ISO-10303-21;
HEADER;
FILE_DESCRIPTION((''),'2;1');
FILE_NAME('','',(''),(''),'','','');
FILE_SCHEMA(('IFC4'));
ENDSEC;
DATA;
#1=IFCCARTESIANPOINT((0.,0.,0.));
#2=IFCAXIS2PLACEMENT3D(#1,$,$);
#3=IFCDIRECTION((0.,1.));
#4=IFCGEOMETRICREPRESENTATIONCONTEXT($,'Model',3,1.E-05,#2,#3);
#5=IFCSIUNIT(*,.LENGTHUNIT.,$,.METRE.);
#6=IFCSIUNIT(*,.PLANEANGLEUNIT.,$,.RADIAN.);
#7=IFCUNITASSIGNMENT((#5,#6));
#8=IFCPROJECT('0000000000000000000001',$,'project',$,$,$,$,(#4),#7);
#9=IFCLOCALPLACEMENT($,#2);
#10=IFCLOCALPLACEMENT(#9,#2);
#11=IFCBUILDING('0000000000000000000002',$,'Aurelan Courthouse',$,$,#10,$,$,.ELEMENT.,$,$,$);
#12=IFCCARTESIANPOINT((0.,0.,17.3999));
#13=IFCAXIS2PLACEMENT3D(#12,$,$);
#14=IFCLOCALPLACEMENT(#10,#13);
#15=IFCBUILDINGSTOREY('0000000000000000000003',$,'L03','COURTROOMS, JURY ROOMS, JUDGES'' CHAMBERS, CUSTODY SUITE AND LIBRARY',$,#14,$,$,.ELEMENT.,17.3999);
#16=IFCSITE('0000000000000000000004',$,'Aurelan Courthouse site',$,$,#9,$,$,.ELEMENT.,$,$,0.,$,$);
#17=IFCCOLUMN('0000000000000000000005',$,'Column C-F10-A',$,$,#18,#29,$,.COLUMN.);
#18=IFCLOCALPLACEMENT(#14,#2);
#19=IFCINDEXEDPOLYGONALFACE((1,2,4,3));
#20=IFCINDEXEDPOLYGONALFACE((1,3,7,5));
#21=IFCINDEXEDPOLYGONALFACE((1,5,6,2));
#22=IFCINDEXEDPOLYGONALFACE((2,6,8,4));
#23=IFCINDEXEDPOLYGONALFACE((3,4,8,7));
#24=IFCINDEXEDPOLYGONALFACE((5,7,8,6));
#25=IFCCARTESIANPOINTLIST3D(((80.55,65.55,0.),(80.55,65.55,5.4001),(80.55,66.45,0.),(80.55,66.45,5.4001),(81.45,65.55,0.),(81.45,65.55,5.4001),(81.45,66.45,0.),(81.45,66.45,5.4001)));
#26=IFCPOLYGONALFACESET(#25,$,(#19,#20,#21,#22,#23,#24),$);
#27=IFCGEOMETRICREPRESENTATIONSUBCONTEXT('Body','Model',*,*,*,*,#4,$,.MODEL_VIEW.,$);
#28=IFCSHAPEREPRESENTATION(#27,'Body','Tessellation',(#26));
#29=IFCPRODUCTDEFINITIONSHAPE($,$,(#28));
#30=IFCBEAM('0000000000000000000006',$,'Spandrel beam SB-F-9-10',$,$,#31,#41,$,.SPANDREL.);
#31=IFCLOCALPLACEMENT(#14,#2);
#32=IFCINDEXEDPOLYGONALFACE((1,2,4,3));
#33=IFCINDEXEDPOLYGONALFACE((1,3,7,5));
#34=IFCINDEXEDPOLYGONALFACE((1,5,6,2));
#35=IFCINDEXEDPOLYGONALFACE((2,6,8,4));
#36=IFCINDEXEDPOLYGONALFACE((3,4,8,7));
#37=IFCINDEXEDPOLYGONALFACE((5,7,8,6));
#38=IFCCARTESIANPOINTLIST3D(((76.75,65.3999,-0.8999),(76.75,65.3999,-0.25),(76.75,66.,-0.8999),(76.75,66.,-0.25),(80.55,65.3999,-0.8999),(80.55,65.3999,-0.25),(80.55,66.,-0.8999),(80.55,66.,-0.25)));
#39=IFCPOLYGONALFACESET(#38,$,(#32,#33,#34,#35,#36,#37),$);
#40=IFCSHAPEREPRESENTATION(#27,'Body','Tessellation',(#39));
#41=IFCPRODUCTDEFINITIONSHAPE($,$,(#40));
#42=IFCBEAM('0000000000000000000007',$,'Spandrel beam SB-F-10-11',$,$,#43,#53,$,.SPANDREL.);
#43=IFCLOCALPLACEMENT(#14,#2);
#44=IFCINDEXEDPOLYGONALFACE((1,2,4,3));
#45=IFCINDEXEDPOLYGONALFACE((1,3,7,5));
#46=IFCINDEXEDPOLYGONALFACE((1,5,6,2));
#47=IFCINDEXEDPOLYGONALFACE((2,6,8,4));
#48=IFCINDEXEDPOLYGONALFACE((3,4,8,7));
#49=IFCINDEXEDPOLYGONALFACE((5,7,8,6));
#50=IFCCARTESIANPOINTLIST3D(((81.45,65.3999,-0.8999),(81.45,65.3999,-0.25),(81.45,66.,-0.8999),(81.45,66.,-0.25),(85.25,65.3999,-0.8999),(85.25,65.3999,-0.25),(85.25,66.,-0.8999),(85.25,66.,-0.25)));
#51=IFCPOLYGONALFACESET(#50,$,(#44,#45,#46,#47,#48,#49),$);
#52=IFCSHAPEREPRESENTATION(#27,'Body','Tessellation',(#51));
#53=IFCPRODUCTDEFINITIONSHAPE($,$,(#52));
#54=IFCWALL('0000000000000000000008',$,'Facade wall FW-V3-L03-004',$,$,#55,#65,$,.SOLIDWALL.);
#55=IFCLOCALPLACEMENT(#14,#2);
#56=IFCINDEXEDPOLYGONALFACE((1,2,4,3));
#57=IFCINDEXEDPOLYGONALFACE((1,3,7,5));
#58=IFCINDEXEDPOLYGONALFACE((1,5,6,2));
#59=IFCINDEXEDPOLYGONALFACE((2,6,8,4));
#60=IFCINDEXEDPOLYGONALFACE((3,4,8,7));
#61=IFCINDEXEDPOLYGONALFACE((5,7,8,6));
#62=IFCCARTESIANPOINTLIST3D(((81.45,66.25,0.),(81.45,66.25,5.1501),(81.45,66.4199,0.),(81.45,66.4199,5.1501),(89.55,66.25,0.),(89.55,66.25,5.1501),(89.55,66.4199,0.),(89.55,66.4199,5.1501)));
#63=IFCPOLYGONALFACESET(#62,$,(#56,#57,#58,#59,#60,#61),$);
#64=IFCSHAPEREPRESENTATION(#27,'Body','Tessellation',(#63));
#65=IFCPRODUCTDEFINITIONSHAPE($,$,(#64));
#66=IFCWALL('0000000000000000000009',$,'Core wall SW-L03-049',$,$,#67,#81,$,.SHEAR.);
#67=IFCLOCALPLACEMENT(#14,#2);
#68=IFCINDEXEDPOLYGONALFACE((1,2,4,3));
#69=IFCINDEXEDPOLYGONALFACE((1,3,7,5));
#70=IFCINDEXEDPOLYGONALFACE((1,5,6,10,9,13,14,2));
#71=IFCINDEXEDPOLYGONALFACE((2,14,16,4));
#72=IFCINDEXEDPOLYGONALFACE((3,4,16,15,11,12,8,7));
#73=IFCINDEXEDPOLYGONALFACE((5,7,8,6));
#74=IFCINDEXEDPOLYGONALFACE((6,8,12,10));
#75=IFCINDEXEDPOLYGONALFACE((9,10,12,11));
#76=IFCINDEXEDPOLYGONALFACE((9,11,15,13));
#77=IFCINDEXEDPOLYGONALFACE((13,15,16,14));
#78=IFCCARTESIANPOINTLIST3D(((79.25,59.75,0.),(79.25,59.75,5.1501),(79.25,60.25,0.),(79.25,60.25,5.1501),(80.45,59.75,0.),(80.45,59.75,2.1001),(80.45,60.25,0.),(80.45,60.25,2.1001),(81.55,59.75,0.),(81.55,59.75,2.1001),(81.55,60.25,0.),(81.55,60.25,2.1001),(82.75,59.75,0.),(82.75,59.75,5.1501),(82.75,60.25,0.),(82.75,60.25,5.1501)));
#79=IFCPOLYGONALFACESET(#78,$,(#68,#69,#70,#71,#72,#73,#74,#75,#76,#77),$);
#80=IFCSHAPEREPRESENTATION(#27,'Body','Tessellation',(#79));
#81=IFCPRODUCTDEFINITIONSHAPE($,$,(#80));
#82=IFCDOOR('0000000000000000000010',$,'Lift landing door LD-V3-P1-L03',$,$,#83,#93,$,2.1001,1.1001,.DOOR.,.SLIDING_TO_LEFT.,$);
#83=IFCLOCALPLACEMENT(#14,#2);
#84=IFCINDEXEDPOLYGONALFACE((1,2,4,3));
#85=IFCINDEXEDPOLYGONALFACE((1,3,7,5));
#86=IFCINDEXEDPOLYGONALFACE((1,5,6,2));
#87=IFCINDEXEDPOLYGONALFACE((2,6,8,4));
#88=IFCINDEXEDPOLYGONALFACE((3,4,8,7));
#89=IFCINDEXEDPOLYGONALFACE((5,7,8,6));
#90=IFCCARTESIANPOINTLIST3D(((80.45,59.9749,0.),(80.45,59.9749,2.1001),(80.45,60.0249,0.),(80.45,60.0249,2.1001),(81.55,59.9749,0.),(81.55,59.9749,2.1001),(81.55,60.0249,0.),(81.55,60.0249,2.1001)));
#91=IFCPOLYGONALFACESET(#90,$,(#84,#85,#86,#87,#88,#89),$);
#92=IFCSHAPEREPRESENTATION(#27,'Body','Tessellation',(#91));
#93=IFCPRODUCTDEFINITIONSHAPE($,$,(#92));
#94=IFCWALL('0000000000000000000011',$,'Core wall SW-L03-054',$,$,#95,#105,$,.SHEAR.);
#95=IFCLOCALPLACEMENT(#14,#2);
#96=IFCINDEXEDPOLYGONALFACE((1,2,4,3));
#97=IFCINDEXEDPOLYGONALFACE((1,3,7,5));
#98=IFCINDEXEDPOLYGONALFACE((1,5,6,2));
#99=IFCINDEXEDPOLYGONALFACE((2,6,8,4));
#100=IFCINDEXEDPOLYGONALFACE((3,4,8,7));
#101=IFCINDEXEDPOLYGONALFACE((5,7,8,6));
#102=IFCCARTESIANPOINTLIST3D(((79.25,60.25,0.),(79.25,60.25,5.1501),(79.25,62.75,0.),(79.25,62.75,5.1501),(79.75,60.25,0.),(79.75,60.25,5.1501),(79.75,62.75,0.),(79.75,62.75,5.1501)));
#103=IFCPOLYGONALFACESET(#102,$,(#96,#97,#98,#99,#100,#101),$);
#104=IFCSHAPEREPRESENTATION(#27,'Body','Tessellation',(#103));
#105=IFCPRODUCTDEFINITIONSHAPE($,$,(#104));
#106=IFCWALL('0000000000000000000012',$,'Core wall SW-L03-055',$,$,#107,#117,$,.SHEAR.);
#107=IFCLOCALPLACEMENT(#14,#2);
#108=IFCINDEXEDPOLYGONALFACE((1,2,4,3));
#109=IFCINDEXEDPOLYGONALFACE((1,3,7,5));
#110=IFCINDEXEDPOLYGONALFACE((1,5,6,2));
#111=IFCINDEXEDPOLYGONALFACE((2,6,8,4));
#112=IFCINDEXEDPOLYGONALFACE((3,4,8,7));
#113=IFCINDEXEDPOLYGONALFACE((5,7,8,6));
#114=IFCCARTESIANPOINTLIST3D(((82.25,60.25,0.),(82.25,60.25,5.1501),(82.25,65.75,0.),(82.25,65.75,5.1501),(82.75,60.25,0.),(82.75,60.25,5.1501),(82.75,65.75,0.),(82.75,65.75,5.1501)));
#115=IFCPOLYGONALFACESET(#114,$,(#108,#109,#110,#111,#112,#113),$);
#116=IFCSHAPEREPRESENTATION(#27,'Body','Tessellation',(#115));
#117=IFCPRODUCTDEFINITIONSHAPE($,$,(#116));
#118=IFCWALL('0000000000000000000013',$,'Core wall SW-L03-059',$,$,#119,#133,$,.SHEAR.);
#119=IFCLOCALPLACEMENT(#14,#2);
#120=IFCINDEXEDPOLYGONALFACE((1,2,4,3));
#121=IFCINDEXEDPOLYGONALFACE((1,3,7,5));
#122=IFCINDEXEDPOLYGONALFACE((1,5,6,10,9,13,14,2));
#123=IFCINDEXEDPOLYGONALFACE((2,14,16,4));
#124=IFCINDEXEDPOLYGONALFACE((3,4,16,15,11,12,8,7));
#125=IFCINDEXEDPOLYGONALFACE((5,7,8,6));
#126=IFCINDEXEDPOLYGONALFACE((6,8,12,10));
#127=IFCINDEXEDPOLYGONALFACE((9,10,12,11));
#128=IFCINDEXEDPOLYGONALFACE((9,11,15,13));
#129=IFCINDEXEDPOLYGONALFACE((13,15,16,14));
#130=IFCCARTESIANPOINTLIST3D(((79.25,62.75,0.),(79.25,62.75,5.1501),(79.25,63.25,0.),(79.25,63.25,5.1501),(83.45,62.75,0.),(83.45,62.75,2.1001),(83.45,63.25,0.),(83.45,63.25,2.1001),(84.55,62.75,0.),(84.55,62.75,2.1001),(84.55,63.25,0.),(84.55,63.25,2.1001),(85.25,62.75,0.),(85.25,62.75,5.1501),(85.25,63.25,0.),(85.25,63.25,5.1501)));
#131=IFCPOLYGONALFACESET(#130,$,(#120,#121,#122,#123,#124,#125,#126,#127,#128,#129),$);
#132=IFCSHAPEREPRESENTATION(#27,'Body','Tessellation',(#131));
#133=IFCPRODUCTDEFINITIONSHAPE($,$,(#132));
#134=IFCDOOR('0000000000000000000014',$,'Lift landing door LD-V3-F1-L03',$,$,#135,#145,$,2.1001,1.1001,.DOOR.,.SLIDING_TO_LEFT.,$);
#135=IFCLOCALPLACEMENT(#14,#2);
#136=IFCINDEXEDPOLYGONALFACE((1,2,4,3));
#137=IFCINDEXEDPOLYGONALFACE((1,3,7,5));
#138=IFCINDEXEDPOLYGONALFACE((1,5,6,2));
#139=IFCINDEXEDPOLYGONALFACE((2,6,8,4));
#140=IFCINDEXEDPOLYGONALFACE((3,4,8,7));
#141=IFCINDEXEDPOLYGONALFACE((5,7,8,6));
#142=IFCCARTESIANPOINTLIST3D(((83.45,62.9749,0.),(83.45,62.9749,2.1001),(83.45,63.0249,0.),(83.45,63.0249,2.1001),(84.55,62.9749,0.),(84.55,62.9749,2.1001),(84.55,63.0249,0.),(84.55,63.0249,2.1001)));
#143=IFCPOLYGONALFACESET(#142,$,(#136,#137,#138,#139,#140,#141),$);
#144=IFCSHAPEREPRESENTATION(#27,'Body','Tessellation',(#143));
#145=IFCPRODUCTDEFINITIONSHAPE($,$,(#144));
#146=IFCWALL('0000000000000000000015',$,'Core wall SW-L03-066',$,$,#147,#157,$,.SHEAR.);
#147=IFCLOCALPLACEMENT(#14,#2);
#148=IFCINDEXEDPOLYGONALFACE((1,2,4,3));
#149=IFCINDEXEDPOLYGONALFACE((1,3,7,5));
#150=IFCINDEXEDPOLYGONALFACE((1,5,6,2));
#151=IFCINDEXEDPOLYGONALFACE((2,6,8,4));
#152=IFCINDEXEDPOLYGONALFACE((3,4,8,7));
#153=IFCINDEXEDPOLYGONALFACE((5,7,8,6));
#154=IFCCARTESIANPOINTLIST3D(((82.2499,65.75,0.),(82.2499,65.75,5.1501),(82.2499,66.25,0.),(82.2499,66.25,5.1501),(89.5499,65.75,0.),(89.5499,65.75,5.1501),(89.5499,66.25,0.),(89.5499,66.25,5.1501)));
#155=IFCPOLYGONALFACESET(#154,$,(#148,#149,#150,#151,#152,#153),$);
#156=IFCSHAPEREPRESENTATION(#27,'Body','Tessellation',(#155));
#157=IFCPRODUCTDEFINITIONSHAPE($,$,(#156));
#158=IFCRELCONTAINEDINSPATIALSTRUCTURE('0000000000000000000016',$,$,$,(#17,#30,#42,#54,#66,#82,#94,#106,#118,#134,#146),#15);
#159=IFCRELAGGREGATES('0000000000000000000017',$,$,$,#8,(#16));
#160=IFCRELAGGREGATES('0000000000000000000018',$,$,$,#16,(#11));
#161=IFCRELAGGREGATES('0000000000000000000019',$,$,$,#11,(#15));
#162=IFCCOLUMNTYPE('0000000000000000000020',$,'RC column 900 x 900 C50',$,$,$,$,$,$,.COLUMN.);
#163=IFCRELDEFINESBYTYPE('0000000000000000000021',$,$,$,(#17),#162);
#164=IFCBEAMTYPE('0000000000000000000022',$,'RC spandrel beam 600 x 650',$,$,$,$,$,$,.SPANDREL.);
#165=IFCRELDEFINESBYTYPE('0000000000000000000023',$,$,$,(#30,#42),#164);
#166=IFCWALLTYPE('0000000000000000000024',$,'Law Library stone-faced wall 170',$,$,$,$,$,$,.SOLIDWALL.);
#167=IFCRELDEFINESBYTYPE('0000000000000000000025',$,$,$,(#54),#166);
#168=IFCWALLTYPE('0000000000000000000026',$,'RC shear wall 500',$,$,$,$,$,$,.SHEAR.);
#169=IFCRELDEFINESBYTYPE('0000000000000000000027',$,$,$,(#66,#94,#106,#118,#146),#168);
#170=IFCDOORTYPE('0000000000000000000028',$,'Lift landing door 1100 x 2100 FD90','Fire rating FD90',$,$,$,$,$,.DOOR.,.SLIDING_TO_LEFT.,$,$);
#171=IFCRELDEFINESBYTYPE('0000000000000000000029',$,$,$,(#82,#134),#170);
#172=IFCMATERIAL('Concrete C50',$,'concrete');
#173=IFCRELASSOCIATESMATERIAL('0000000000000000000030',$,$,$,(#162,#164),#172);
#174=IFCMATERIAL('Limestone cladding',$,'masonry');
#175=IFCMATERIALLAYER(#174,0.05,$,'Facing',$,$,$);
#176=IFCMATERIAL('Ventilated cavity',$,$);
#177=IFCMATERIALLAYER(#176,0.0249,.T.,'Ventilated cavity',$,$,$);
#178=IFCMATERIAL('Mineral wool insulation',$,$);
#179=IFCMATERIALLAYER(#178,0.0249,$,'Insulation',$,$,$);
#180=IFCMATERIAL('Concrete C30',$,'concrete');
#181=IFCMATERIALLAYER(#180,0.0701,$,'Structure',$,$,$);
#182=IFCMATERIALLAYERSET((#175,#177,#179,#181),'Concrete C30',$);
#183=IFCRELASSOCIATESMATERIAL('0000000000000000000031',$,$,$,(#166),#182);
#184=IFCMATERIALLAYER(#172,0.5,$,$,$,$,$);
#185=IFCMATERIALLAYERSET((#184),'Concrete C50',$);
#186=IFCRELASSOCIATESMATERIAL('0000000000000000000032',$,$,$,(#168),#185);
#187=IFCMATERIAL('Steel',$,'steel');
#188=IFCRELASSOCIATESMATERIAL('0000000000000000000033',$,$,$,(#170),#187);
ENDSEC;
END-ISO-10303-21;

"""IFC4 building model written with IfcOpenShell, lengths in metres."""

from ifc_helpers import new_model, si_unit, direction, frame, frame_2d, origin, origin_2d, place, context, subcontext, project, spatial, rectangle, extrude, material, layer, layer_set, material_profile, profile_set, type_object, element, fill, save


model = new_model("IFC4")

# Units and contexts
model_context = context("Model", 3, precision=1e-05, world=origin(), true_north=direction((0.0, 1.0)))
body_context = subcontext(model_context, "Body", "Model", "MODEL_VIEW")
ifc_project = project(units=[si_unit("LENGTHUNIT", "METRE"), si_unit("PLANEANGLEUNIT", "RADIAN")], contexts=[model_context])

# Site, building, storey
site_placement = place(None, origin())
site = spatial("IfcSite", under=ifc_project, at=site_placement, Name="Aurelan Courthouse site", CompositionType="ELEMENT", RefElevation=0.0)
building_placement = place(site_placement, origin())
building = spatial("IfcBuilding", under=site, at=building_placement, Name="Aurelan Courthouse", CompositionType="ELEMENT")
storey_placement = place(building_placement, frame((0.0, 0.0, 17.3999)))
storey = spatial("IfcBuildingStorey", under=building, at=storey_placement, Name="L03", Description="COURTROOMS, JURY ROOMS, JUDGES' CHAMBERS, CUSTODY SUITE AND LIBRARY", CompositionType="ELEMENT", Elevation=17.3999)

# Column
ifc_material_1 = material(Name="Concrete C50", Category="concrete")
ifc_material_profile_1 = material_profile(ifc_material_1, rectangle(XDim=0.8999, YDim=0.8999, at=origin_2d()), Name="RC 900 x 900")
ifc_profile_set_1 = profile_set([ifc_material_profile_1], Name="Concrete C50")
column_type = type_object("IfcColumnType", Name="RC column 900 x 900 C50", PredefinedType="COLUMN", material=ifc_profile_set_1)
column_placement = place(storey_placement, frame((81.0, 66.0, 0.0), z_axis=(0.0, 0.0, 1.0), x_axis=(1.0, 0.0, 0.0)))
element("IfcColumn", 1, at=column_placement, inside=storey, type_object=column_type, Name="Column C-F10-A", PredefinedType="COLUMN", context=body_context, shape_type="SweptSolid", body=[
    extrude(rectangle(XDim=0.8999, YDim=0.8999, at=origin_2d()), origin(), (0.0, 0.0, 1.0), 5.4001),
])

# Beams
ifc_material_profile_2 = material_profile(ifc_material_1, rectangle(XDim=0.6001, YDim=0.6499, at=origin_2d()), Name="RC 600 x 650")
ifc_profile_set_2 = profile_set([ifc_material_profile_2], Name="Concrete C50")
beam_type = type_object("IfcBeamType", Name="RC spandrel beam 600 x 650", PredefinedType="SPANDREL", material=ifc_profile_set_2)
for number, where, z_axis, x_axis, name in (
    (2, (76.75, 65.7, -0.575), (1.0, 0.0, 0.0), (0.0, 1.0, 0.0), "Spandrel beam SB-F-9-10"),
    (3, (81.45, 65.7, -0.575), (1.0, 0.0, 0.0), (0.0, 1.0, 0.0), "Spandrel beam SB-F-10-11"),
):
    element("IfcBeam", number, at=place(storey_placement, frame(where, z_axis=z_axis, x_axis=x_axis)), inside=storey, type_object=beam_type, Name=name, PredefinedType="SPANDREL", context=body_context, shape_type="SweptSolid", body=[
        extrude(rectangle(XDim=0.6001, YDim=0.6499, at=origin_2d()), origin(), (0.0, 0.0, 1.0), 3.8),
    ])

# Wall
ifc_material_2 = material(Name="Limestone cladding", Category="masonry")
ifc_layer_1 = layer(ifc_material_2, 0.05, Name="Facing")
ifc_material_3 = material(Name="Ventilated cavity")
ifc_layer_2 = layer(ifc_material_3, 0.0249, ventilated=True, Name="Ventilated cavity")
ifc_material_4 = material(Name="Mineral wool insulation")
ifc_layer_3 = layer(ifc_material_4, 0.0249, Name="Insulation")
ifc_material_5 = material(Name="Concrete C30", Category="concrete")
ifc_layer_4 = layer(ifc_material_5, 0.0701, Name="Structure")
ifc_layer_set_1 = layer_set([ifc_layer_1, ifc_layer_2, ifc_layer_3, ifc_layer_4], Name="Concrete C30")
wall_type_1 = type_object("IfcWallType", Name="Law Library stone-faced wall 170", PredefinedType="SOLIDWALL", material=ifc_layer_set_1)
wall_1_placement = place(storey_placement, frame((81.45, 66.335, 0.0), z_axis=(0.0, 0.0, 1.0), x_axis=(1.0, 0.0, 0.0)))
element("IfcWall", 4, at=wall_1_placement, inside=storey, type_object=wall_type_1, Name="Facade wall FW-V3-L03-004", PredefinedType="SOLIDWALL", context=body_context, shape_type="SweptSolid", body=[
    extrude(rectangle(XDim=8.1001, YDim=0.1699, at=frame_2d((4.05, 0.0))), origin(), (0.0, 0.0, 1.0), 5.1501),
])

# Wall, opening, door
ifc_layer_5 = layer(ifc_material_1, 0.5)
ifc_layer_set_2 = layer_set([ifc_layer_5], Name="Concrete C50")
wall_type_2 = type_object("IfcWallType", Name="RC shear wall 500", PredefinedType="SHEAR", material=ifc_layer_set_2)
wall_2_placement = place(storey_placement, frame((79.25, 60.0, 0.0), z_axis=(0.0, 0.0, 1.0), x_axis=(1.0, 0.0, 0.0)))
wall_2 = element("IfcWall", 5, at=wall_2_placement, inside=storey, type_object=wall_type_2, Name="Core wall SW-L03-049", PredefinedType="SHEAR", context=body_context, shape_type="SweptSolid", body=[
    extrude(rectangle(XDim=3.5, YDim=0.5, at=frame_2d((1.75, 0.0))), origin(), (0.0, 0.0, 1.0), 5.1501),
])
opening_1_placement = place(wall_2_placement, frame((1.2, 0.0, 0.0)))
opening_1 = element("IfcOpeningElement", 6, at=opening_1_placement, cuts=wall_2, PredefinedType="OPENING", context=body_context, shape_type="SweptSolid", body=[
    extrude(rectangle(XDim=1.1001, YDim=2.1001, at=frame_2d((0.55, 1.05))), frame((0.0, 0.26, 0.0), z_axis=(0.0, -1.0, 0.0), x_axis=(1.0, 0.0, 0.0)), (0.0, 0.0, 1.0), 0.52),
])
ifc_material_6 = material(Name="Steel", Category="steel")
door_type_1 = type_object("IfcDoorType", Name="Lift landing door 1100 x 2100 FD90", Description="Fire rating FD90", OperationType="SLIDING_TO_LEFT", PredefinedType="DOOR", material=ifc_material_6)
door_1_placement = place(opening_1_placement, origin())
door_1 = element("IfcDoor", 7, at=door_1_placement, inside=storey, type_object=door_type_1, Name="Lift landing door LD-V3-P1-L03", OperationType="SLIDING_TO_LEFT", OverallHeight=2.1001, OverallWidth=1.1001, PredefinedType="DOOR", context=body_context, shape_type="SweptSolid", body=[
    extrude(rectangle(XDim=1.1001, YDim=2.1001, at=frame_2d((0.55, 1.05))), frame((0.0, 0.0249, 0.0), z_axis=(0.0, -1.0, 0.0), x_axis=(1.0, 0.0, 0.0)), (0.0, 0.0, 1.0), 0.05),
])
fill(opening_1, door_1)

# Walls
wall_3_placement = place(storey_placement, frame((79.5, 60.25, 0.0), z_axis=(0.0, 0.0, 1.0), x_axis=(0.0, 1.0, 0.0)))
element("IfcWall", 8, at=wall_3_placement, inside=storey, type_object=wall_type_2, Name="Core wall SW-L03-054", PredefinedType="SHEAR", context=body_context, shape_type="SweptSolid", body=[
    extrude(rectangle(XDim=2.5, YDim=0.5, at=frame_2d((1.25, 0.0))), origin(), (0.0, 0.0, 1.0), 5.1501),
])
wall_4_placement = place(storey_placement, frame((82.5, 60.25, 0.0), z_axis=(0.0, 0.0, 1.0), x_axis=(0.0, 1.0, 0.0)))
element("IfcWall", 9, at=wall_4_placement, inside=storey, type_object=wall_type_2, Name="Core wall SW-L03-055", PredefinedType="SHEAR", context=body_context, shape_type="SweptSolid", body=[
    extrude(rectangle(XDim=5.5, YDim=0.5, at=frame_2d((2.75, 0.0))), origin(), (0.0, 0.0, 1.0), 5.1501),
])

# Wall, opening, door
wall_5_placement = place(storey_placement, frame((79.25, 63.0, 0.0), z_axis=(0.0, 0.0, 1.0), x_axis=(1.0, 0.0, 0.0)))
wall_5 = element("IfcWall", 10, at=wall_5_placement, inside=storey, type_object=wall_type_2, Name="Core wall SW-L03-059", PredefinedType="SHEAR", context=body_context, shape_type="SweptSolid", body=[
    extrude(rectangle(XDim=6.0, YDim=0.5, at=frame_2d((3.0, 0.0))), origin(), (0.0, 0.0, 1.0), 5.1501),
])
opening_2_placement = place(wall_5_placement, frame((4.2, 0.0, 0.0)))
opening_2 = element("IfcOpeningElement", 11, at=opening_2_placement, cuts=wall_5, PredefinedType="OPENING", context=body_context, shape_type="SweptSolid", body=[
    extrude(rectangle(XDim=1.1001, YDim=2.1001, at=frame_2d((0.55, 1.05))), frame((0.0, 0.26, 0.0), z_axis=(0.0, -1.0, 0.0), x_axis=(1.0, 0.0, 0.0)), (0.0, 0.0, 1.0), 0.52),
])
door_2_placement = place(opening_2_placement, origin())
door_2 = element("IfcDoor", 12, at=door_2_placement, inside=storey, type_object=door_type_1, Name="Lift landing door LD-V3-F1-L03", OperationType="SLIDING_TO_LEFT", OverallHeight=2.1001, OverallWidth=1.1001, PredefinedType="DOOR", context=body_context, shape_type="SweptSolid", body=[
    extrude(rectangle(XDim=1.1001, YDim=2.1001, at=frame_2d((0.55, 1.05))), frame((0.0, 0.0249, 0.0), z_axis=(0.0, -1.0, 0.0), x_axis=(1.0, 0.0, 0.0)), (0.0, 0.0, 1.0), 0.05),
])
fill(opening_2, door_2)

# Wall
wall_6_placement = place(storey_placement, frame((82.25, 66.0, 0.0), z_axis=(0.0, 0.0, 1.0), x_axis=(1.0, 0.0, 0.0)))
element("IfcWall", 13, at=wall_6_placement, inside=storey, type_object=wall_type_2, Name="Core wall SW-L03-066", PredefinedType="SHEAR", context=body_context, shape_type="SweptSolid", body=[
    extrude(rectangle(XDim=7.3, YDim=0.5, at=frame_2d((3.6499, 0.0))), origin(), (0.0, 0.0, 1.0), 5.1501),
])

save(model, "model.ifc")
